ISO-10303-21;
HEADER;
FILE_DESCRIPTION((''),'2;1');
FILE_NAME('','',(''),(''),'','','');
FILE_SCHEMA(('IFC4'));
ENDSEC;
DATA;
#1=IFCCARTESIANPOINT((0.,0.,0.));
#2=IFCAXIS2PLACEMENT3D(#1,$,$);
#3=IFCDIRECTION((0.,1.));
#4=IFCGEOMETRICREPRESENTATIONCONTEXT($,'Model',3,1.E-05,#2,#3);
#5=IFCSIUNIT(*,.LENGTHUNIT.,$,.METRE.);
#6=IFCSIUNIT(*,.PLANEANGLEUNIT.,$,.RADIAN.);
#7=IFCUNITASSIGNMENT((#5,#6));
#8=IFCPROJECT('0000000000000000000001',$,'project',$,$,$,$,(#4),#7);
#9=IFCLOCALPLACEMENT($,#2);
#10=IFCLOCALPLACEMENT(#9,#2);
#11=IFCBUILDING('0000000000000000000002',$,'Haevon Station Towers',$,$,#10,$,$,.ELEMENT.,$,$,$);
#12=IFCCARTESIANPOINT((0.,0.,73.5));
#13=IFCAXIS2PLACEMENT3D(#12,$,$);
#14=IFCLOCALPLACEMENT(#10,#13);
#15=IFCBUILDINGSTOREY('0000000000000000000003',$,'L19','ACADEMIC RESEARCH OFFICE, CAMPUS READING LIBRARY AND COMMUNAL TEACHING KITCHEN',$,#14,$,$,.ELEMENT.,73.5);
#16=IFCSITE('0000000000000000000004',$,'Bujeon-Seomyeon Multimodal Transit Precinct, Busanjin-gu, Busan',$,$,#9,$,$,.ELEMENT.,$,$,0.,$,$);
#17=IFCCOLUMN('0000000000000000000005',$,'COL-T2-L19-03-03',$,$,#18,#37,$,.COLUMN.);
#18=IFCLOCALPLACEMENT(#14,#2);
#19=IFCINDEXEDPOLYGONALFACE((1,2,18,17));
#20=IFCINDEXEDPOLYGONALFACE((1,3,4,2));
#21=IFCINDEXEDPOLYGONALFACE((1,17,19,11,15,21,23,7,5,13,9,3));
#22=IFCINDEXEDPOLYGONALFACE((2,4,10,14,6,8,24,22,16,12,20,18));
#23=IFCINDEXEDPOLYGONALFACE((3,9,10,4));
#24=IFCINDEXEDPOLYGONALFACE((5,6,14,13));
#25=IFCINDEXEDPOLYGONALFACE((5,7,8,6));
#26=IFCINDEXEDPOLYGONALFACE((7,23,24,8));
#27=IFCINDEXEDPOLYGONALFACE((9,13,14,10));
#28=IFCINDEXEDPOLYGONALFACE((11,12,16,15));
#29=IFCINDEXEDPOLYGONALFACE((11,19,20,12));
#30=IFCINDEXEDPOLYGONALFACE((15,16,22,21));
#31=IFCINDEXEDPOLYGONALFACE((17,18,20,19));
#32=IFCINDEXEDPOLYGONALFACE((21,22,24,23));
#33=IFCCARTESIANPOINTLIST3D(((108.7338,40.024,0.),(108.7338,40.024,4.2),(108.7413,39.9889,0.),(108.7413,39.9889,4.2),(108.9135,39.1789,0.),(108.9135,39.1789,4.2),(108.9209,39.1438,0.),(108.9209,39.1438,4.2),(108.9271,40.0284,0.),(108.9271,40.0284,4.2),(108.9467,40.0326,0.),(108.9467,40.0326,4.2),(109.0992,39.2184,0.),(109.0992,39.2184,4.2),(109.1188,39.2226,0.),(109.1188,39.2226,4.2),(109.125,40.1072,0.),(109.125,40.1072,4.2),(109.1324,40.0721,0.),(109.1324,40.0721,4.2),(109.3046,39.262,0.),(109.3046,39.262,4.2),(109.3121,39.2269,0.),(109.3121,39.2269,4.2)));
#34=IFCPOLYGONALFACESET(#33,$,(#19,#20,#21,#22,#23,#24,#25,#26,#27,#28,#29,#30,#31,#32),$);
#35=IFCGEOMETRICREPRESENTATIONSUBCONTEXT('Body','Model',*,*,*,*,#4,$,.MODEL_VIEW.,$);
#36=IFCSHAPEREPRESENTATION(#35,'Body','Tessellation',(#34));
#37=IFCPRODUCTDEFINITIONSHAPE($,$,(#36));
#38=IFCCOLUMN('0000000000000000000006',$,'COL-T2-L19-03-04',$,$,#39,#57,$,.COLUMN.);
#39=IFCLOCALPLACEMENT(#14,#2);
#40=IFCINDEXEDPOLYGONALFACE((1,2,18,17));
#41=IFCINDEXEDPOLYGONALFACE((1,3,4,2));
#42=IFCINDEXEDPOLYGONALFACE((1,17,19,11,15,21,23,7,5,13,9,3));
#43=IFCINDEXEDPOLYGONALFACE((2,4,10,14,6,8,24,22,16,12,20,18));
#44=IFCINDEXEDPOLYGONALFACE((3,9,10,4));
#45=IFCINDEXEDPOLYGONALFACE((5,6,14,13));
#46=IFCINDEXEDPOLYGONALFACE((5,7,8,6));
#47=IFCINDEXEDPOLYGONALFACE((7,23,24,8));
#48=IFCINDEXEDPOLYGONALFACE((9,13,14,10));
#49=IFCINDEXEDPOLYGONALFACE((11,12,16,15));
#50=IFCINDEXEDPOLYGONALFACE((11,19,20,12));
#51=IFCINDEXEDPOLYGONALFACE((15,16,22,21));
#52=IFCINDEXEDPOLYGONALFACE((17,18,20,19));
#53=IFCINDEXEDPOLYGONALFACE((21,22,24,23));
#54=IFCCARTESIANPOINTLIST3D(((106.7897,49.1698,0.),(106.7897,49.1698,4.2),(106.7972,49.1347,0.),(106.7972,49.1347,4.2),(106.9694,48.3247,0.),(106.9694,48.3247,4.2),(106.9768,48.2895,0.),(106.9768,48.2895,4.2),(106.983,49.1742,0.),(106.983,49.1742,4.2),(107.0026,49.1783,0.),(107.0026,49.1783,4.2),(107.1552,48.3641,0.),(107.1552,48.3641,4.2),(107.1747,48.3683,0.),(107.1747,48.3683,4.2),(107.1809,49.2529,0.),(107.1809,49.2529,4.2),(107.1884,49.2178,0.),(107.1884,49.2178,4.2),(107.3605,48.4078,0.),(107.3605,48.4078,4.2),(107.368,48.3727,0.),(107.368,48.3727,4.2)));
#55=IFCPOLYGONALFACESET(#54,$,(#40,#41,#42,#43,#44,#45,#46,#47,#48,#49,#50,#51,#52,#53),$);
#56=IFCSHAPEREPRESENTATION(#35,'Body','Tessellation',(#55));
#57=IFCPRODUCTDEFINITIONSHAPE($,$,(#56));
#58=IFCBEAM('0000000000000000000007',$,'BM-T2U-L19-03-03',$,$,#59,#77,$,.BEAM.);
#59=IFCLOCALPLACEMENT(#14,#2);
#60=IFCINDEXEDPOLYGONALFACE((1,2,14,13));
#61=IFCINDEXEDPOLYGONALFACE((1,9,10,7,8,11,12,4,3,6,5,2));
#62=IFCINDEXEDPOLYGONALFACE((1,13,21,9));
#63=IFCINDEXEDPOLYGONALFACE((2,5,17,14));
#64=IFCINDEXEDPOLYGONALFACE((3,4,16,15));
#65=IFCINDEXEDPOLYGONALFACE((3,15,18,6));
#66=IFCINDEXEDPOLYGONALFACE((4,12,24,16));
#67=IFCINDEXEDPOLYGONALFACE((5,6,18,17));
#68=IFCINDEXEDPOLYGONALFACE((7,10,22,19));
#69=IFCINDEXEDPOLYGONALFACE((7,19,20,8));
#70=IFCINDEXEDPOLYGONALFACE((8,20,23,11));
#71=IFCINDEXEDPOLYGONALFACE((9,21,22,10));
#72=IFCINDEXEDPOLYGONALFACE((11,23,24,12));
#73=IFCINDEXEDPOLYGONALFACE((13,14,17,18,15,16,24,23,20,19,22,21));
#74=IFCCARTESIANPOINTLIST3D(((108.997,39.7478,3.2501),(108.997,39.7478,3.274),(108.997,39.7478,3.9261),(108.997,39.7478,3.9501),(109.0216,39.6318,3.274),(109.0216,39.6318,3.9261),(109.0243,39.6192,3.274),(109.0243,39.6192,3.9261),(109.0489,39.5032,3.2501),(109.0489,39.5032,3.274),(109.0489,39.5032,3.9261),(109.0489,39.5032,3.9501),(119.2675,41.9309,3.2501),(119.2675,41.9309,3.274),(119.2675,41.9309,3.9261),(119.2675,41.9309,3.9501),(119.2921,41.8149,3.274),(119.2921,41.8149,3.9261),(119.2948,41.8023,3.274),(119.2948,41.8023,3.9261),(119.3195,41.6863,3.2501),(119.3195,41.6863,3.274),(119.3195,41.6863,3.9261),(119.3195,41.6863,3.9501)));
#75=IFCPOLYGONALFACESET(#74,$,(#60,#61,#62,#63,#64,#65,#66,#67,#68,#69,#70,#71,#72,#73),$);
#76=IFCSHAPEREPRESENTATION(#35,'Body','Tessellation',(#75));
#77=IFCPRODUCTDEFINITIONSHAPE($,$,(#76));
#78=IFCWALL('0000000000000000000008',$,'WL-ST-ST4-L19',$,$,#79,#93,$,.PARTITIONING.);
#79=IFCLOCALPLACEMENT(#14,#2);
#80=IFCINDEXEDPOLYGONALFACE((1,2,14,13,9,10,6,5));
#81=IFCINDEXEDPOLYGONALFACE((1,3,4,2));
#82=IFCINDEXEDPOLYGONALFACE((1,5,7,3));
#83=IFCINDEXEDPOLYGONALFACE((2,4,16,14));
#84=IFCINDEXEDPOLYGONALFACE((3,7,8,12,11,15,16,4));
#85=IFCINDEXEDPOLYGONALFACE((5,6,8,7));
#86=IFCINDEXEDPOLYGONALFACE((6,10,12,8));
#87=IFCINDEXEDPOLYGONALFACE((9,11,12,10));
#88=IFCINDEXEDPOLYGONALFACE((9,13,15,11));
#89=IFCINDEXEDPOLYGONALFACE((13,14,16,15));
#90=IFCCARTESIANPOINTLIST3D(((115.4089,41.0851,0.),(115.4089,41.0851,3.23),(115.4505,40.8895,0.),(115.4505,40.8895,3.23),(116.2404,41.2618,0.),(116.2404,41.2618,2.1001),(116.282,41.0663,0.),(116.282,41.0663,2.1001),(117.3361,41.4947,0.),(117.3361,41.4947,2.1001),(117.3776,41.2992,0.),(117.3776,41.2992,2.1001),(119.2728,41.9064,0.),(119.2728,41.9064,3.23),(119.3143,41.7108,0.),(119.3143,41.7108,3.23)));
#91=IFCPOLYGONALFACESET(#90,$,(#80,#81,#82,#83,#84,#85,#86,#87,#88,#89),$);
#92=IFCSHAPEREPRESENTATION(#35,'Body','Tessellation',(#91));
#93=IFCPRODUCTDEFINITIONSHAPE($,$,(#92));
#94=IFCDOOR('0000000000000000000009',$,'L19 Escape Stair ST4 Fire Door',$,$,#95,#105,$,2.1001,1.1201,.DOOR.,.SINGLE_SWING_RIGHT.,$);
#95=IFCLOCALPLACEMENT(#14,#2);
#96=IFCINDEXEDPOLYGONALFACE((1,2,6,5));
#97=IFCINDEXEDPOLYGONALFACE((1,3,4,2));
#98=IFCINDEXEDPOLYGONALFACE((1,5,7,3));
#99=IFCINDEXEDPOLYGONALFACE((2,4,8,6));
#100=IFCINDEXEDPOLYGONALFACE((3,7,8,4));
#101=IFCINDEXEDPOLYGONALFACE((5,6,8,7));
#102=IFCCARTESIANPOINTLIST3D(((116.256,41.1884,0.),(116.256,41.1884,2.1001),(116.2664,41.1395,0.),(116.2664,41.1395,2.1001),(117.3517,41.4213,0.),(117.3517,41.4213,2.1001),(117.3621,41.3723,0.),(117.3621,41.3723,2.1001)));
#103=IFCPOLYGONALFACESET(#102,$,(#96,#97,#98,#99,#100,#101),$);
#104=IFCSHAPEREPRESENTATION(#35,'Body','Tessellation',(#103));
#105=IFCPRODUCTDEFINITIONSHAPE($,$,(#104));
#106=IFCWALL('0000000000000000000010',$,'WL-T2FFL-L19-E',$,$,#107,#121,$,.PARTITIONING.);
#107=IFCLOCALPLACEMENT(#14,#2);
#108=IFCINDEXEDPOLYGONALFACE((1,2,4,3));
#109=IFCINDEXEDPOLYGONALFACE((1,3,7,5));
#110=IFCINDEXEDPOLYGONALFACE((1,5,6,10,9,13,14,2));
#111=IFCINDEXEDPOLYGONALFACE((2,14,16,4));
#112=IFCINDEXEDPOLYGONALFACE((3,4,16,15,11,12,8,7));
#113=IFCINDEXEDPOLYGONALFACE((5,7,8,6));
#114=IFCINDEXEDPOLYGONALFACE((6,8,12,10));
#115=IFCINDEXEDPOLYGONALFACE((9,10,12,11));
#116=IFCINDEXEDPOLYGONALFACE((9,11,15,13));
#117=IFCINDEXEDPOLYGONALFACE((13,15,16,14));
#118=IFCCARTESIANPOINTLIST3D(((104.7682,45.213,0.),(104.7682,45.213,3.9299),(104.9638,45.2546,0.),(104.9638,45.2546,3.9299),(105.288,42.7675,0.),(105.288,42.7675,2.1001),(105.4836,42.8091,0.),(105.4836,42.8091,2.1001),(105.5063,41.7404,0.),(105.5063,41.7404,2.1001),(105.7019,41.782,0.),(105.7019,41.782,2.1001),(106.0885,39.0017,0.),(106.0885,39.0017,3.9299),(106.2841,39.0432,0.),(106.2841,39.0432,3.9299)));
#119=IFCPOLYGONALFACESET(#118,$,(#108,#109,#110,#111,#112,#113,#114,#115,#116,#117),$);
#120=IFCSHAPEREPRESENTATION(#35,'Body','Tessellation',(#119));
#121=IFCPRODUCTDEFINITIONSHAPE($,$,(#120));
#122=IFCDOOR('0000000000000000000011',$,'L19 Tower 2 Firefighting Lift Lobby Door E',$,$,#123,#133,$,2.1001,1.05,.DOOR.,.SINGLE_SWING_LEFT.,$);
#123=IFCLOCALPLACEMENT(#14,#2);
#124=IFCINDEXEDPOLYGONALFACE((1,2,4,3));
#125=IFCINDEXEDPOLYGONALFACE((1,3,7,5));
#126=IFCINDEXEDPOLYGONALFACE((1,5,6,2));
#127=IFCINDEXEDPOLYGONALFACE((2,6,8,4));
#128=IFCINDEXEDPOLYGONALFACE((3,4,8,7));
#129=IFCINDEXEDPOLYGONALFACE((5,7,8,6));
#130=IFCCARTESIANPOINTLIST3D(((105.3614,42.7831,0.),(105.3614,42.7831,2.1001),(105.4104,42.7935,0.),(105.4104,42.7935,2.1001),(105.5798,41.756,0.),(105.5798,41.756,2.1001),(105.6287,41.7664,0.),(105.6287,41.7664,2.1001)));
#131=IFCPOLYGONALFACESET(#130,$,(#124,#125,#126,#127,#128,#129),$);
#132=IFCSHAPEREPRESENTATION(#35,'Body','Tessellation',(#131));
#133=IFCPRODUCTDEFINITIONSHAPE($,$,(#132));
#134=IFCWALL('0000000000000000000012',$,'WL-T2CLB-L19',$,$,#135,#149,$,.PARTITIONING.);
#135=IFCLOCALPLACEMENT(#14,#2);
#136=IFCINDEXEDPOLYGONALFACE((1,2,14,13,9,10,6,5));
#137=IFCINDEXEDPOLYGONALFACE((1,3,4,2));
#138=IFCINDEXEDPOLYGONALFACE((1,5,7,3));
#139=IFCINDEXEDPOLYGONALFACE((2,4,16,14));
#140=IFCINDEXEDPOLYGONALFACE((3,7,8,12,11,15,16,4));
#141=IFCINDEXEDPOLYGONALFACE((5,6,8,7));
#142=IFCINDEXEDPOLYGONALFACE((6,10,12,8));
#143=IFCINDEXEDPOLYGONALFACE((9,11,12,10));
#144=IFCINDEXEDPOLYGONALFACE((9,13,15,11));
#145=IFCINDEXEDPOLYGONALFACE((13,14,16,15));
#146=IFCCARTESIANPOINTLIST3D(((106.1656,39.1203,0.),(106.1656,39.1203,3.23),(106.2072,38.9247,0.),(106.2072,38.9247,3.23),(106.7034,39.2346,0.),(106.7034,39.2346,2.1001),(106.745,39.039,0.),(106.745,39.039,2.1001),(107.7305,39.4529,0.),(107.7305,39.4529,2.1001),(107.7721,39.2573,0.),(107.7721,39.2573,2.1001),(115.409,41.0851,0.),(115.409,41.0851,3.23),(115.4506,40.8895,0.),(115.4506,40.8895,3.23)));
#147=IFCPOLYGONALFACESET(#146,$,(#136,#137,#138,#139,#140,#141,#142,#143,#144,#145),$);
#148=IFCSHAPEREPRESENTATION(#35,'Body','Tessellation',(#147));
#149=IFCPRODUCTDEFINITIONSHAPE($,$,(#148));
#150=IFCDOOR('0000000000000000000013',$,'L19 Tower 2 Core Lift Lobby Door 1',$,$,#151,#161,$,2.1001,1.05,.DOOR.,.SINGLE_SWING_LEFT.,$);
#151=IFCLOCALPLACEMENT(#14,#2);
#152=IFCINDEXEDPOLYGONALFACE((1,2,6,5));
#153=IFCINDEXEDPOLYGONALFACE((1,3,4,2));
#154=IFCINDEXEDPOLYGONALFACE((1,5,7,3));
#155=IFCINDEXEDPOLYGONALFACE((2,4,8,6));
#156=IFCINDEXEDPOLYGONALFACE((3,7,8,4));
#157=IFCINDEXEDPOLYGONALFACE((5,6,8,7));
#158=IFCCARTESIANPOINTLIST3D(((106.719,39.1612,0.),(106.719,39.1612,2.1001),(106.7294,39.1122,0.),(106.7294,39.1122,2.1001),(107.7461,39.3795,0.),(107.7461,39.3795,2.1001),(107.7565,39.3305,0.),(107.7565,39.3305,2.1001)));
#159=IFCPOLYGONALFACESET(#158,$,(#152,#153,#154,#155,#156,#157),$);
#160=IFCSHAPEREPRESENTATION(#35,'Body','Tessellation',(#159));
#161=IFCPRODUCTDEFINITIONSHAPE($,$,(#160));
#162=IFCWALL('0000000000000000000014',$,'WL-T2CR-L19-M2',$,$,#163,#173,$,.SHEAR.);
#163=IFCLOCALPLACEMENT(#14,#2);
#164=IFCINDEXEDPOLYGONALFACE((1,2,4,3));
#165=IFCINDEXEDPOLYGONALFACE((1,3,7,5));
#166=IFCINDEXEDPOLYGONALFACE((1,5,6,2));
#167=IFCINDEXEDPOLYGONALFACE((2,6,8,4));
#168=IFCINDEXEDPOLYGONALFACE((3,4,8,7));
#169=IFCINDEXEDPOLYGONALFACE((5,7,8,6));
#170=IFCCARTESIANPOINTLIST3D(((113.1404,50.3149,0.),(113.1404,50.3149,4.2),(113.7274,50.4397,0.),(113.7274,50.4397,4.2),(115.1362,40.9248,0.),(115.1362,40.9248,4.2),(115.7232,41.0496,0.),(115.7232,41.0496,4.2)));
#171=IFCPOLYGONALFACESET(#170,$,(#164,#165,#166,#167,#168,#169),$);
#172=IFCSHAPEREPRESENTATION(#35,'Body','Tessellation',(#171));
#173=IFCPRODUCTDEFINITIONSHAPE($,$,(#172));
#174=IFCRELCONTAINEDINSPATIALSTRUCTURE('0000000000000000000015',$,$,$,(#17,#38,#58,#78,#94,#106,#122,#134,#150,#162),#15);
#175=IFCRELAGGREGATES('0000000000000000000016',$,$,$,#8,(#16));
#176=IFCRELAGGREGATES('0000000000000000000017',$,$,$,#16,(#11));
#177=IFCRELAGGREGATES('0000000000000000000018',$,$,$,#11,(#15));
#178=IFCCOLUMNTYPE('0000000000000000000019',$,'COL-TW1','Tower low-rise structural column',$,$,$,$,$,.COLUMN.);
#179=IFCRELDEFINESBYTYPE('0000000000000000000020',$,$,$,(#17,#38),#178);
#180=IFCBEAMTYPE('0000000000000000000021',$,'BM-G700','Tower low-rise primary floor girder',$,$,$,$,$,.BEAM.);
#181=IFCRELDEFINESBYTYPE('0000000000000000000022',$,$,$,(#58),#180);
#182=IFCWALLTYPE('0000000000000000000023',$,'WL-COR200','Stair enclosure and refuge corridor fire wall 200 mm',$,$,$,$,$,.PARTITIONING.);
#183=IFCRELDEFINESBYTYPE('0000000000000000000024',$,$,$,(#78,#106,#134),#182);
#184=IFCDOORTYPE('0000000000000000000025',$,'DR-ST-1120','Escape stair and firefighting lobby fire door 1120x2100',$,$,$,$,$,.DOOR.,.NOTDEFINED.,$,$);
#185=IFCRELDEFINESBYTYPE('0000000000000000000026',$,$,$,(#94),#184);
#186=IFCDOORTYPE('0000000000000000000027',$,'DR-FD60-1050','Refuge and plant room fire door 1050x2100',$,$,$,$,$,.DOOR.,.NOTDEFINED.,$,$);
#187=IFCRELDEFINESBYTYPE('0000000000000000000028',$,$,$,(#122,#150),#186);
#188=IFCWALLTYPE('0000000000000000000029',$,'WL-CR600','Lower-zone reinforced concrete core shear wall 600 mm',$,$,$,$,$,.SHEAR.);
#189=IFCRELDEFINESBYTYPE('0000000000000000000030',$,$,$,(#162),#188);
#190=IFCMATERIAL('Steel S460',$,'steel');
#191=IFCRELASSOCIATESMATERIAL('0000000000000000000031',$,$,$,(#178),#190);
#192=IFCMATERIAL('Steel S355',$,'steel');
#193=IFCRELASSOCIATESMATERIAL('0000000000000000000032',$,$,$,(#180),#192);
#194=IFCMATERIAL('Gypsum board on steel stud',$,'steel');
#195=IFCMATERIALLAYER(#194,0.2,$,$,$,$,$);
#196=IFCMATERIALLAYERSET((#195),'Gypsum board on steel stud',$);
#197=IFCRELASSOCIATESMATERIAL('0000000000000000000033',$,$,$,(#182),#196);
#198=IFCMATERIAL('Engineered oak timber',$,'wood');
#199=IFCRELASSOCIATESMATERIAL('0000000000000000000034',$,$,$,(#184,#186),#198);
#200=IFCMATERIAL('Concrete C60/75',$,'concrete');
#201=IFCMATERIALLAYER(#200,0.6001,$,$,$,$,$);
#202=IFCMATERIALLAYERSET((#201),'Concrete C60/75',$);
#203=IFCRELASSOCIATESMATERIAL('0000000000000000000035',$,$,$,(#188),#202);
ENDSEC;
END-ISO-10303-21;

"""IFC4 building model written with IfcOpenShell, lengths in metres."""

from ifc_helpers import new_model, si_unit, direction, frame, frame_2d, origin, origin_2d, place, context, subcontext, project, spatial, rectangle, i_section, extrude, material, layer, layer_set, material_profile, profile_set, type_object, element, fill, save


model = new_model("IFC4")

# Units and contexts
model_context = context("Model", 3, precision=1e-05, world=origin(), true_north=direction((0.0, 1.0)))
body_context = subcontext(model_context, "Body", "Model", "MODEL_VIEW")
ifc_project = project(units=[si_unit("LENGTHUNIT", "METRE"), si_unit("PLANEANGLEUNIT", "RADIAN")], contexts=[model_context])

# Site, building, storey
site_placement = place(None, origin())
site = spatial("IfcSite", under=ifc_project, at=site_placement, Name="Bujeon-Seomyeon Multimodal Transit Precinct, Busanjin-gu, Busan", CompositionType="ELEMENT", RefElevation=0.0)
building_placement = place(site_placement, origin())
building = spatial("IfcBuilding", under=site, at=building_placement, Name="Haevon Station Towers", CompositionType="ELEMENT")
storey_placement = place(building_placement, frame((0.0, 0.0, 73.5)))
storey = spatial("IfcBuildingStorey", under=building, at=storey_placement, Name="L19", Description="ACADEMIC RESEARCH OFFICE, CAMPUS READING LIBRARY AND COMMUNAL TEACHING KITCHEN", CompositionType="ELEMENT", Elevation=73.5)

# Columns
ifc_material_1 = material(Name="Steel S460", Category="steel")
ifc_material_profile_1 = material_profile(ifc_material_1, i_section(OverallWidth=0.3999, OverallDepth=0.8999, WebThickness=0.02, FlangeThickness=0.0359, at=origin_2d()), Name="H-900x400x20x36")
ifc_profile_set_1 = profile_set([ifc_material_profile_1], Name="Steel S460")
column_type = type_object("IfcColumnType", Name="COL-TW1", Description="Tower low-rise structural column", PredefinedType="COLUMN", material=ifc_profile_set_1)
for number, where, z_axis, x_axis, name in (
    (1, (109.0229, 39.6255, 0.0), (0.0, 0.0, 1.0), (0.978148, 0.207912, 0.0), "COL-T2-L19-03-03"),
    (2, (107.0789, 48.7712, 0.0), (0.0, 0.0, 1.0), (0.978148, 0.207912, 0.0), "COL-T2-L19-03-04"),
):
    element("IfcColumn", number, at=place(storey_placement, frame(where, z_axis=z_axis, x_axis=x_axis)), inside=storey, type_object=column_type, Name=name, PredefinedType="COLUMN", context=body_context, shape_type="SweptSolid", body=[
        extrude(i_section(OverallWidth=0.3999, OverallDepth=0.8999, WebThickness=0.02, FlangeThickness=0.0359, at=origin_2d()), origin(), (0.0, 0.0, 1.0), 4.2),
    ])

# Beam
ifc_material_2 = material(Name="Steel S355", Category="steel")
ifc_material_profile_2 = material_profile(ifc_material_2, i_section(OverallWidth=0.25, OverallDepth=0.7, WebThickness=0.0129, FlangeThickness=0.0239, at=origin_2d()), Name="H-700x250x13x24")
ifc_profile_set_2 = profile_set([ifc_material_profile_2], Name="Steel S355")
beam_type = type_object("IfcBeamType", Name="BM-G700", Description="Tower low-rise primary floor girder", PredefinedType="BEAM", material=ifc_profile_set_2)
beam_placement = place(storey_placement, frame((109.0229, 39.6255, 3.6001), z_axis=(0.978147, 0.207915, 0.0), x_axis=(-0.207915, 0.978147, 0.0)))
element("IfcBeam", 3, at=beam_placement, inside=storey, type_object=beam_type, Name="BM-T2U-L19-03-03", PredefinedType="BEAM", context=body_context, shape_type="SweptSolid", body=[
    extrude(i_section(OverallWidth=0.25, OverallDepth=0.7, WebThickness=0.0129, FlangeThickness=0.0239, at=origin_2d()), origin(), (0.0, 0.0, 1.0), 10.5),
])

# Walls, openings, doors
ifc_material_3 = material(Name="Gypsum board on steel stud", Category="steel")
ifc_layer_1 = layer(ifc_material_3, 0.2)
ifc_layer_set_1 = layer_set([ifc_layer_1], Name="Gypsum board on steel stud")
wall_type_1 = type_object("IfcWallType", Name="WL-COR200", Description="Stair enclosure and refuge corridor fire wall 200 mm", PredefinedType="PARTITIONING", material=ifc_layer_set_1)
wall_1_placement = place(storey_placement, frame((115.4297, 40.9873, 0.0), z_axis=(0.0, 0.0, 1.0), x_axis=(0.978147, 0.207916, 0.0)))
wall_1 = element("IfcWall", 4, at=wall_1_placement, inside=storey, type_object=wall_type_1, Name="WL-ST-ST4-L19", PredefinedType="PARTITIONING", context=body_context, shape_type="SweptSolid", body=[
    extrude(rectangle(XDim=3.9502, YDim=0.2, at=frame_2d((1.9751, 0.0))), origin(), (0.0, 0.0, 1.0), 3.23),
])
opening_1_placement = place(wall_1_placement, frame((0.8501, 0.0, 0.0)))
opening_1 = element("IfcOpeningElement", 5, at=opening_1_placement, cuts=wall_1, PredefinedType="OPENING", context=body_context, shape_type="SweptSolid", body=[
    extrude(rectangle(XDim=1.1201, YDim=2.1001, at=frame_2d((0.5601, 1.05))), frame((0.0, 0.1099, 0.0), z_axis=(0.0, -1.0, 0.0), x_axis=(1.0, 0.0, 0.0)), (0.0, 0.0, 1.0), 0.22),
])
ifc_material_4 = material(Name="Engineered oak timber", Category="wood")
door_type_1 = type_object("IfcDoorType", Name="DR-ST-1120", Description="Escape stair and firefighting lobby fire door 1120x2100", OperationType="NOTDEFINED", PredefinedType="DOOR", material=ifc_material_4)
door_1_placement = place(opening_1_placement, origin())
door_1 = element("IfcDoor", 6, at=door_1_placement, inside=storey, type_object=door_type_1, Name="L19 Escape Stair ST4 Fire Door", OperationType="SINGLE_SWING_RIGHT", OverallHeight=2.1001, OverallWidth=1.1201, PredefinedType="DOOR", context=body_context, shape_type="SweptSolid", body=[
    extrude(rectangle(XDim=1.1201, YDim=2.1001, at=frame_2d((0.5601, 1.05))), frame((0.0, 0.0249, 0.0), z_axis=(0.0, -1.0, 0.0), x_axis=(1.0, 0.0, 0.0)), (0.0, 0.0, 1.0), 0.05),
])
fill(opening_1, door_1)
wall_2_placement = place(storey_placement, frame((106.1863, 39.0225, 0.0), z_axis=(0.0, 0.0, 1.0), x_axis=(-0.207917, 0.978147, 0.0)))
wall_2 = element("IfcWall", 7, at=wall_2_placement, inside=storey, type_object=wall_type_1, Name="WL-T2FFL-L19-E", PredefinedType="PARTITIONING", context=body_context, shape_type="SweptSolid", body=[
    extrude(rectangle(XDim=6.3501, YDim=0.2, at=frame_2d((3.175, 0.0))), origin(), (0.0, 0.0, 1.0), 3.9299),
])
opening_2_placement = place(wall_2_placement, frame((2.8, 0.0, 0.0)))
opening_2 = element("IfcOpeningElement", 8, at=opening_2_placement, cuts=wall_2, PredefinedType="OPENING", context=body_context, shape_type="SweptSolid", body=[
    extrude(rectangle(XDim=1.05, YDim=2.1001, at=frame_2d((0.5249, 1.05))), frame((0.0, 0.1099, 0.0), z_axis=(0.0, -1.0, 0.0), x_axis=(1.0, 0.0, 0.0)), (0.0, 0.0, 1.0), 0.22),
])
door_type_2 = type_object("IfcDoorType", Name="DR-FD60-1050", Description="Refuge and plant room fire door 1050x2100", OperationType="NOTDEFINED", PredefinedType="DOOR", material=ifc_material_4)
door_2_placement = place(opening_2_placement, origin())
door_2 = element("IfcDoor", 9, at=door_2_placement, inside=storey, type_object=door_type_2, Name="L19 Tower 2 Firefighting Lift Lobby Door E", OperationType="SINGLE_SWING_LEFT", OverallHeight=2.1001, OverallWidth=1.05, PredefinedType="DOOR", context=body_context, shape_type="SweptSolid", body=[
    extrude(rectangle(XDim=1.05, YDim=2.1001, at=frame_2d((0.5249, 1.05))), frame((0.0, 0.0249, 0.0), z_axis=(0.0, -1.0, 0.0), x_axis=(1.0, 0.0, 0.0)), (0.0, 0.0, 1.0), 0.05),
])
fill(opening_2, door_2)
wall_3_placement = place(storey_placement, frame((106.1863, 39.0225, 0.0), z_axis=(0.0, 0.0, 1.0), x_axis=(0.978146, 0.207921, 0.0)))
wall_3 = element("IfcWall", 10, at=wall_3_placement, inside=storey, type_object=wall_type_1, Name="WL-T2CLB-L19", PredefinedType="PARTITIONING", context=body_context, shape_type="SweptSolid", body=[
    extrude(rectangle(XDim=9.45, YDim=0.2, at=frame_2d((4.7251, 0.0))), origin(), (0.0, 0.0, 1.0), 3.23),
])
opening_3_placement = place(wall_3_placement, frame((0.55, 0.0, 0.0)))
opening_3 = element("IfcOpeningElement", 11, at=opening_3_placement, cuts=wall_3, PredefinedType="OPENING", context=body_context, shape_type="SweptSolid", body=[
    extrude(rectangle(XDim=1.05, YDim=2.1001, at=frame_2d((0.5249, 1.05))), frame((0.0, 0.1099, 0.0), z_axis=(0.0, -1.0, 0.0), x_axis=(1.0, 0.0, 0.0)), (0.0, 0.0, 1.0), 0.22),
])
door_3_placement = place(opening_3_placement, origin())
door_3 = element("IfcDoor", 12, at=door_3_placement, inside=storey, type_object=door_type_2, Name="L19 Tower 2 Core Lift Lobby Door 1", OperationType="SINGLE_SWING_LEFT", OverallHeight=2.1001, OverallWidth=1.05, PredefinedType="DOOR", context=body_context, shape_type="SweptSolid", body=[
    extrude(rectangle(XDim=1.05, YDim=2.1001, at=frame_2d((0.5249, 1.05))), frame((0.0, 0.0249, 0.0), z_axis=(0.0, -1.0, 0.0), x_axis=(1.0, 0.0, 0.0)), (0.0, 0.0, 1.0), 0.05),
])
fill(opening_3, door_3)

# Wall
ifc_material_5 = material(Name="Concrete C60/75", Category="concrete")
ifc_layer_2 = layer(ifc_material_5, 0.6001)
ifc_layer_set_2 = layer_set([ifc_layer_2], Name="Concrete C60/75")
wall_type_2 = type_object("IfcWallType", Name="WL-CR600", Description="Lower-zone reinforced concrete core shear wall 600 mm", PredefinedType="SHEAR", material=ifc_layer_set_2)
wall_4_placement = place(storey_placement, frame((115.4297, 40.9873, 0.0), z_axis=(0.0, 0.0, 1.0), x_axis=(-0.207903, 0.978149, 0.0)))
element("IfcWall", 13, at=wall_4_placement, inside=storey, type_object=wall_type_2, Name="WL-T2CR-L19-M2", PredefinedType="SHEAR", context=body_context, shape_type="SweptSolid", body=[
    extrude(rectangle(XDim=9.5999, YDim=0.6001, at=frame_2d((4.7998, 0.0))), origin(), (0.0, 0.0, 1.0), 4.2),
])

save(model, "model.ifc")
